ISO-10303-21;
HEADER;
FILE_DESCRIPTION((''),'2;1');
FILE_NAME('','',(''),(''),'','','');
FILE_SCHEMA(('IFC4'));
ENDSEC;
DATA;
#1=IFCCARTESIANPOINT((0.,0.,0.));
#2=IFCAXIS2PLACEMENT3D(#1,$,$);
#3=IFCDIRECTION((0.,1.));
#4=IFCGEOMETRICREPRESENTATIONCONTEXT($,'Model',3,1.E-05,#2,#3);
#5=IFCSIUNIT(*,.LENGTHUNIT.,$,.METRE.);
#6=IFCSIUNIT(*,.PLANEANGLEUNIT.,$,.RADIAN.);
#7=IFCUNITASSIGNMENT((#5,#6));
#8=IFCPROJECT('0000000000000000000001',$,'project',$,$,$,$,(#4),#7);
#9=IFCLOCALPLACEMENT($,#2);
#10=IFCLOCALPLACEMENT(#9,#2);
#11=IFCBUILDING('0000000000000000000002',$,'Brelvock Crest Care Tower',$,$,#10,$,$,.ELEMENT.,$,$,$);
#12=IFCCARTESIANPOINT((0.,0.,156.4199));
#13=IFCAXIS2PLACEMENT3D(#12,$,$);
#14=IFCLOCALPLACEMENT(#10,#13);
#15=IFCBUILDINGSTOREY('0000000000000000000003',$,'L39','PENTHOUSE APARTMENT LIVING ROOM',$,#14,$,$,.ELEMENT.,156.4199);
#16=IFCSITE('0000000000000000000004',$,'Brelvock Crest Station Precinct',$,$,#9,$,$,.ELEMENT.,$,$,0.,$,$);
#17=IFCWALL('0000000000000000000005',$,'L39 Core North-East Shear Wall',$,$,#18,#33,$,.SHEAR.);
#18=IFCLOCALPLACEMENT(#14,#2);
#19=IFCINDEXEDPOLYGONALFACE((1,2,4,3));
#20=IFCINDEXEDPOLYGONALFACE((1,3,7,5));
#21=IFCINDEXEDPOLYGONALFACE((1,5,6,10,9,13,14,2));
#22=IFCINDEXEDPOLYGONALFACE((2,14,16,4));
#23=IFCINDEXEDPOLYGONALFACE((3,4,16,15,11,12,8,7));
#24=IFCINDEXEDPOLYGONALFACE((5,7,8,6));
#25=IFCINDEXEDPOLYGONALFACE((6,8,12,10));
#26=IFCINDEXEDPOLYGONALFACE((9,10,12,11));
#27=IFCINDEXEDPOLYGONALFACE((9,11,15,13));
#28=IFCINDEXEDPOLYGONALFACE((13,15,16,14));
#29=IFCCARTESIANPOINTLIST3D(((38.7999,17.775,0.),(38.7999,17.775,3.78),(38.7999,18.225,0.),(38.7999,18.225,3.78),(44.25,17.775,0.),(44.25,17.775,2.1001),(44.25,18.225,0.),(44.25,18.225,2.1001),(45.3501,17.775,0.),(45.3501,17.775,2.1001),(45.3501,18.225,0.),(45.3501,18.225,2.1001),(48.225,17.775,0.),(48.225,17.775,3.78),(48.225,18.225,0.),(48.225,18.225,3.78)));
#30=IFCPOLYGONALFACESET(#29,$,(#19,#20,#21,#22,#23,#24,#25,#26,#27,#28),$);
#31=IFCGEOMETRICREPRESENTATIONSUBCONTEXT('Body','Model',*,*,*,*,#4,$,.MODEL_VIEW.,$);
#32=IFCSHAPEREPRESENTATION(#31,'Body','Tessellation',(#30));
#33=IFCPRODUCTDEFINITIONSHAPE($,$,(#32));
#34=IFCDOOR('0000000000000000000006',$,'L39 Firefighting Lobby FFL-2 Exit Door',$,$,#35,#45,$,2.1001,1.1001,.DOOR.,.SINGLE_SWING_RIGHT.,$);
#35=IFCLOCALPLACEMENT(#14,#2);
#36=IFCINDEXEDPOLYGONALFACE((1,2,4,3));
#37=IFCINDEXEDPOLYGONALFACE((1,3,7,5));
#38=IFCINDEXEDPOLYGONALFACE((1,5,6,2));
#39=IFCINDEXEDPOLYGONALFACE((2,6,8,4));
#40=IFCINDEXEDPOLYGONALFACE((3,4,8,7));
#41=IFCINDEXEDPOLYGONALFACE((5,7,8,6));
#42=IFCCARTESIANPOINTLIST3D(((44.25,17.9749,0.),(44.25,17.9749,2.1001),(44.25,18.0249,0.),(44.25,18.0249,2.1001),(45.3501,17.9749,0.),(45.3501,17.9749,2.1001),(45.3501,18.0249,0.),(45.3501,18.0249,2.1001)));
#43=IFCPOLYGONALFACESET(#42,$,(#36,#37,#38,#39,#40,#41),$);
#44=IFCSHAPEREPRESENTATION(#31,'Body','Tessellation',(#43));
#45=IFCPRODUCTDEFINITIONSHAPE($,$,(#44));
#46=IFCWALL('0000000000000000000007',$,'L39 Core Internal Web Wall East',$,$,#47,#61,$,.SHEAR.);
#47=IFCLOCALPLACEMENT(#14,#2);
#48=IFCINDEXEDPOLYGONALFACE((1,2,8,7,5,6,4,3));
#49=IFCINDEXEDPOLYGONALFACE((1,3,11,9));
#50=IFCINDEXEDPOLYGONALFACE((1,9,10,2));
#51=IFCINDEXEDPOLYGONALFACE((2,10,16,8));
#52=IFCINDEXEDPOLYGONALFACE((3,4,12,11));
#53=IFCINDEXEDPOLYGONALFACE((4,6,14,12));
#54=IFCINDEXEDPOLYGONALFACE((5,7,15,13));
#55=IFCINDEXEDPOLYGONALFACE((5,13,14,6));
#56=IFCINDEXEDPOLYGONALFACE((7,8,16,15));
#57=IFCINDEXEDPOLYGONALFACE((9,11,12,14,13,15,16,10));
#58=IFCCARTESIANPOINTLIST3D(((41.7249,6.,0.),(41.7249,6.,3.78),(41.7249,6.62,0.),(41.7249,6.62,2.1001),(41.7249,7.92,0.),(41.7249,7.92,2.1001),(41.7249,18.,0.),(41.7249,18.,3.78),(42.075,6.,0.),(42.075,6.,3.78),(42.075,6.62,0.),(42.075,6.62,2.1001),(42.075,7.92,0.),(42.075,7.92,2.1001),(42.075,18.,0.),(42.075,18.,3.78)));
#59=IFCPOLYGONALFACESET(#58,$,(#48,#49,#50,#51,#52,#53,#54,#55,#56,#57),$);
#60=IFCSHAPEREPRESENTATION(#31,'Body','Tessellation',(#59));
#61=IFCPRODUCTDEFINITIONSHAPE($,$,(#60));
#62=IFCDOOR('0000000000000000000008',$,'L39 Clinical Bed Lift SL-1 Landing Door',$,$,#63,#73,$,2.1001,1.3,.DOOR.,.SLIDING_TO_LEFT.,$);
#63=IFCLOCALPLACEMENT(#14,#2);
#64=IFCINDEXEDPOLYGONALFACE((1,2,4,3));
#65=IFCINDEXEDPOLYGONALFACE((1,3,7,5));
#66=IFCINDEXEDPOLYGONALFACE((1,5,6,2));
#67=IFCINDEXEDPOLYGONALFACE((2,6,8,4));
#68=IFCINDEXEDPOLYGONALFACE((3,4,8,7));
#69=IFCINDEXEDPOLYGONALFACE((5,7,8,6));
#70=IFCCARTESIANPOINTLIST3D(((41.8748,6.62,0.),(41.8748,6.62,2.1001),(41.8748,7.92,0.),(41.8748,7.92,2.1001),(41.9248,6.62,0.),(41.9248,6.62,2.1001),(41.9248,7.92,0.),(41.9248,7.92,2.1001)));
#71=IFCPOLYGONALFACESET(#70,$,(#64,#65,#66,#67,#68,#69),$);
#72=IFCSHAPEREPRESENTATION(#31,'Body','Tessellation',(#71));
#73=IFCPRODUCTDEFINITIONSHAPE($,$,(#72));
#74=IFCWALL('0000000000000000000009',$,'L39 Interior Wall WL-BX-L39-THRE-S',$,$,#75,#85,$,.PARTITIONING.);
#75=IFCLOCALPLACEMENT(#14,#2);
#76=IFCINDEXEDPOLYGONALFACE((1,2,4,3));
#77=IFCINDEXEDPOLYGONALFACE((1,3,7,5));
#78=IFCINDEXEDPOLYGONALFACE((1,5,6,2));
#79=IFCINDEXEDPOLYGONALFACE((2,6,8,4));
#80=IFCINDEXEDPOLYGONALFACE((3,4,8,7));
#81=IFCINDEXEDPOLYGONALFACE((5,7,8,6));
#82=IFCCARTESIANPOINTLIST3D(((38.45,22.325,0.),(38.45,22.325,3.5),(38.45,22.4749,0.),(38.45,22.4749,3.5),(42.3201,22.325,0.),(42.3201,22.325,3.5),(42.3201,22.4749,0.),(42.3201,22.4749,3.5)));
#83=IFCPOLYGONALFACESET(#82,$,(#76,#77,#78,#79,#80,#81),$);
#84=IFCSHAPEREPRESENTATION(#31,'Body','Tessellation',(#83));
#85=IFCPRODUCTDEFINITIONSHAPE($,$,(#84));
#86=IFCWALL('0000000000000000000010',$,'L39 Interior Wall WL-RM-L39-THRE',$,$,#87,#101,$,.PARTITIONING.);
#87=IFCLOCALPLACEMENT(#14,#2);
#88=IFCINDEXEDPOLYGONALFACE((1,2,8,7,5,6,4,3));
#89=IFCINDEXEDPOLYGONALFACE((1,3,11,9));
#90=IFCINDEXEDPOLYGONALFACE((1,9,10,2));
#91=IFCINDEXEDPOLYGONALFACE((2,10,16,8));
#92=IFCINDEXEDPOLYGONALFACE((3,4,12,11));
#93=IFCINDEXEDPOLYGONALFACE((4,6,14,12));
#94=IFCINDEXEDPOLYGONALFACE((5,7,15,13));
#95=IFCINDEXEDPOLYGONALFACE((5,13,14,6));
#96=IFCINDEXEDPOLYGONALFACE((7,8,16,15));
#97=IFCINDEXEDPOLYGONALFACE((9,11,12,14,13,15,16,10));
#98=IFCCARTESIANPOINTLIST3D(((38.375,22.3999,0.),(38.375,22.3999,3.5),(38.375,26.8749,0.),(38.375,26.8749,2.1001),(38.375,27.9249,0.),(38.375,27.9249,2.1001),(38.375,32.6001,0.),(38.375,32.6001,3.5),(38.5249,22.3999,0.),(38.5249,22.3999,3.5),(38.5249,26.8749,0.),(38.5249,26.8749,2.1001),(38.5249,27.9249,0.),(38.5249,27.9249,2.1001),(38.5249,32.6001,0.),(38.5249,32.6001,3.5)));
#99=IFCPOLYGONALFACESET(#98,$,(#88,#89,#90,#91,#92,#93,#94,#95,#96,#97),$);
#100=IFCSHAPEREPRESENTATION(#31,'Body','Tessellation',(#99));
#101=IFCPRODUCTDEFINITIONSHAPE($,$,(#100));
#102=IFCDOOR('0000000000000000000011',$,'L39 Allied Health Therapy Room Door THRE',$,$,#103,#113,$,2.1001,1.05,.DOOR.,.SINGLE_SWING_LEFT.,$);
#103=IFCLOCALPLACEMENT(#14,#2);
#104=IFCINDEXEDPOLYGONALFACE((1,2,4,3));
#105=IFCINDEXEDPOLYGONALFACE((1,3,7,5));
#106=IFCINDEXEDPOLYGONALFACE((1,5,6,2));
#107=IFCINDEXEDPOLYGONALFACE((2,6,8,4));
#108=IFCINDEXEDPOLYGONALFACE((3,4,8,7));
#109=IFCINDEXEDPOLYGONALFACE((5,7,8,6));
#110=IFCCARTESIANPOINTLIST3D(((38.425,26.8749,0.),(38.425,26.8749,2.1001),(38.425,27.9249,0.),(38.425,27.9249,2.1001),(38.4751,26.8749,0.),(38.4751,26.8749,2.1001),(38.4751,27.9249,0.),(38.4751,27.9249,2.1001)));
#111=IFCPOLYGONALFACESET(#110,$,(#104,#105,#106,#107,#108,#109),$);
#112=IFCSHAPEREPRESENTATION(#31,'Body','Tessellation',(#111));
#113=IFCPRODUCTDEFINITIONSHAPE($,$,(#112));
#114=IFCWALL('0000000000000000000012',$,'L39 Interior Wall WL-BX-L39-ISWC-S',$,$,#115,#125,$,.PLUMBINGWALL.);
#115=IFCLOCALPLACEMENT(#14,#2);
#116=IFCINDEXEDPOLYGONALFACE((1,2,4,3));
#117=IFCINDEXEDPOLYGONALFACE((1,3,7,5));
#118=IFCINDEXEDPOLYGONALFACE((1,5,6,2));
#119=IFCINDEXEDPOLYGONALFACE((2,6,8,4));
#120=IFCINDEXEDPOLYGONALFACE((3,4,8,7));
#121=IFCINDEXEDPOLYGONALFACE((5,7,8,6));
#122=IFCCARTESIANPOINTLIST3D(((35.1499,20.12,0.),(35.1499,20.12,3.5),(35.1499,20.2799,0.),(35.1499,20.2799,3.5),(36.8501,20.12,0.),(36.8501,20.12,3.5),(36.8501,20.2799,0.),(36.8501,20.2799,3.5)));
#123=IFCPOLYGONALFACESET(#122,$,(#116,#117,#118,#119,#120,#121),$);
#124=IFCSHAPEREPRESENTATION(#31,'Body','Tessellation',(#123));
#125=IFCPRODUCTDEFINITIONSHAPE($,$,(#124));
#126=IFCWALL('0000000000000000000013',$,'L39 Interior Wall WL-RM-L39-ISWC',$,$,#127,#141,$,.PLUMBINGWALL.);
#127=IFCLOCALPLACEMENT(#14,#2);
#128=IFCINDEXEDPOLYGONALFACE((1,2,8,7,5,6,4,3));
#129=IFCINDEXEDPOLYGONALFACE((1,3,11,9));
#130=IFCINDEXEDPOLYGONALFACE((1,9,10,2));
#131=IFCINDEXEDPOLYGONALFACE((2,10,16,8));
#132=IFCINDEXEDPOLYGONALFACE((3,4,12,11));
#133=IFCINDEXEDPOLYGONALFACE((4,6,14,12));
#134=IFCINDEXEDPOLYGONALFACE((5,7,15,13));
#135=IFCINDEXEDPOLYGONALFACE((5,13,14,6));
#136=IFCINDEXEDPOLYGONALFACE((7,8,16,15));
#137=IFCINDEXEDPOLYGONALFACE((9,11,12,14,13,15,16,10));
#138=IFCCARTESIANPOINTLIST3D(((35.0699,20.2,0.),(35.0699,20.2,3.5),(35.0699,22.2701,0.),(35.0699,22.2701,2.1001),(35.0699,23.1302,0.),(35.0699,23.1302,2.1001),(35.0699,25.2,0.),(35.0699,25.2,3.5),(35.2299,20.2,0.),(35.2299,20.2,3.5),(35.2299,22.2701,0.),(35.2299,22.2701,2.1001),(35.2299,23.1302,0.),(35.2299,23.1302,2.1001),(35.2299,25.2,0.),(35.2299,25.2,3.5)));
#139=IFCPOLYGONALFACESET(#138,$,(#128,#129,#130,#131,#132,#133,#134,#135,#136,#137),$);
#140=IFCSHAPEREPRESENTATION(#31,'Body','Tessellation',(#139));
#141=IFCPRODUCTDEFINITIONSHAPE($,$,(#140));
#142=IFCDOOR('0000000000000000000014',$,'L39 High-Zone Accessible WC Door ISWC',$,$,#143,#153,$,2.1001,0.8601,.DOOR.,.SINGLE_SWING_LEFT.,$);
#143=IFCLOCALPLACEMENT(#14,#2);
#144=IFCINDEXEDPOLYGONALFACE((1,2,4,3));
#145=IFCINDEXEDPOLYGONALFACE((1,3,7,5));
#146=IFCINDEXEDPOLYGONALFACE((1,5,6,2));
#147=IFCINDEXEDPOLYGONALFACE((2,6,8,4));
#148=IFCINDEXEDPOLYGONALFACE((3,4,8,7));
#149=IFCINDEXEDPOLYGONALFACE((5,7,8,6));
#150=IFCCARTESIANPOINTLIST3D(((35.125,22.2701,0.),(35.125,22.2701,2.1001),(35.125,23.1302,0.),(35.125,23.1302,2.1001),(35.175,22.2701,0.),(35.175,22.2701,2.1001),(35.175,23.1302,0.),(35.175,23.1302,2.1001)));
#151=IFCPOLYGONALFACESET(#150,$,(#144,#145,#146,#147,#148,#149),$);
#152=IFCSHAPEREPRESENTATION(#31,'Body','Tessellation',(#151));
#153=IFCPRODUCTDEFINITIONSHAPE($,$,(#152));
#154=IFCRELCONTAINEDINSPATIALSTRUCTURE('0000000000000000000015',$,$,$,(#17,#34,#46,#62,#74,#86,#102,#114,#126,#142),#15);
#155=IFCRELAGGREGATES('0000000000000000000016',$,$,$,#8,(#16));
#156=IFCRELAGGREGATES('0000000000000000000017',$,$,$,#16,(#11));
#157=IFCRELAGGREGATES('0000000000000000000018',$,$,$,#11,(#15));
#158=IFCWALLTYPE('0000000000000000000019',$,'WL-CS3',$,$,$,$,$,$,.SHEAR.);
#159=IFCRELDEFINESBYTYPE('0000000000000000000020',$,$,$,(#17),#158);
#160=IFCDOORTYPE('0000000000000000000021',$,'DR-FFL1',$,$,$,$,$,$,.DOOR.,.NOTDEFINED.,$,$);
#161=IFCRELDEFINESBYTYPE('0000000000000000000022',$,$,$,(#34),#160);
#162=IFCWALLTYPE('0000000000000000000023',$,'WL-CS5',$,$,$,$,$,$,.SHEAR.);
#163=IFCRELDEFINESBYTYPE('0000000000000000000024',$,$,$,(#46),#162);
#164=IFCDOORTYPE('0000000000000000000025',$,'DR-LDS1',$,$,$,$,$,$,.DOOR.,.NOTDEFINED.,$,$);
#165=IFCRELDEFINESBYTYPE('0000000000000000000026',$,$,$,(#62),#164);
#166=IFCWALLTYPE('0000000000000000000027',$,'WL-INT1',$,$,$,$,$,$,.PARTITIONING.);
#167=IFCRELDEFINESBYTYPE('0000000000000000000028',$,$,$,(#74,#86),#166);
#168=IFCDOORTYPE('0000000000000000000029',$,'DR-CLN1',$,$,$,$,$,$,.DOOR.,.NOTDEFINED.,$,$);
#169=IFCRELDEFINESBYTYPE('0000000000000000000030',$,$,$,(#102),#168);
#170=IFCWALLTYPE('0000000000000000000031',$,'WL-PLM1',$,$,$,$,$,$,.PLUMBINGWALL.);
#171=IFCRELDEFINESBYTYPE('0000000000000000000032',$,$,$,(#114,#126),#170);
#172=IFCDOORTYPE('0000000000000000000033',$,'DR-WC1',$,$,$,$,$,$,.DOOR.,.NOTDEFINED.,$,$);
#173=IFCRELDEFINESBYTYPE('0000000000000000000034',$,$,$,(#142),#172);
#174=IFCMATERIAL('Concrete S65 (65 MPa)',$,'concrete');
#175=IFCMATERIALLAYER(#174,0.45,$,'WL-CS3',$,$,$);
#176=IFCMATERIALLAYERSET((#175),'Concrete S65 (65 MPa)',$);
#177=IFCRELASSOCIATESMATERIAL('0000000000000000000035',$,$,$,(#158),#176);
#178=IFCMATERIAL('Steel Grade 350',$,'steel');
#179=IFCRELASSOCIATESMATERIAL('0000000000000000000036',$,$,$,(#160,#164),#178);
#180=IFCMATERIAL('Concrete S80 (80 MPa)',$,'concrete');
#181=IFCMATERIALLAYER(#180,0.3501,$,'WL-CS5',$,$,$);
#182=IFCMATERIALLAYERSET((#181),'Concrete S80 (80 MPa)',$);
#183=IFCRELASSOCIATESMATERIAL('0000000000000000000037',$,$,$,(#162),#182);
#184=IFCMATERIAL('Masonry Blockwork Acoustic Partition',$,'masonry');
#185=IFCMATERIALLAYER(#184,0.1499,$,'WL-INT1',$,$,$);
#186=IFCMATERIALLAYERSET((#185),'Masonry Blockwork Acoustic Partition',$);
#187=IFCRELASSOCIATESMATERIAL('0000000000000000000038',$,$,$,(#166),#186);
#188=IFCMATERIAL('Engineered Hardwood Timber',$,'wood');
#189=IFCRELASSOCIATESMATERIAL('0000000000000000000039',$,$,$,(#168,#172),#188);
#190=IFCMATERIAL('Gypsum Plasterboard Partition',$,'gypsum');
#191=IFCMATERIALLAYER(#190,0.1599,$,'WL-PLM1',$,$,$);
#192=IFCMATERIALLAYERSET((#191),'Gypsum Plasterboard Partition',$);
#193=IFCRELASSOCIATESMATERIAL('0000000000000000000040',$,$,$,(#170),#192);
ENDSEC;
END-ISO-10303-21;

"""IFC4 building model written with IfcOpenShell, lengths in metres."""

from ifc_helpers import new_model, si_unit, direction, frame, frame_2d, origin, origin_2d, place, context, subcontext, project, spatial, rectangle, extrude, source, transform, mapped, material, layer, layer_set, type_object, element, fill, save


model = new_model("IFC4")

# Units and contexts
model_context = context("Model", 3, precision=1e-05, world=origin(), true_north=direction((0.0, 1.0)))
body_context = subcontext(model_context, "Body", "Model", "MODEL_VIEW")
ifc_project = project(units=[si_unit("LENGTHUNIT", "METRE"), si_unit("PLANEANGLEUNIT", "RADIAN")], contexts=[model_context])

# Site, building, storey
site_placement = place(None, origin())
site = spatial("IfcSite", under=ifc_project, at=site_placement, Name="Brelvock Crest Station Precinct", CompositionType="ELEMENT", RefElevation=0.0)
building_placement = place(site_placement, origin())
building = spatial("IfcBuilding", under=site, at=building_placement, Name="Brelvock Crest Care Tower", CompositionType="ELEMENT")
storey_placement = place(building_placement, frame((0.0, 0.0, 156.4199)))
storey = spatial("IfcBuildingStorey", under=building, at=storey_placement, Name="L39", Description="PENTHOUSE APARTMENT LIVING ROOM", CompositionType="ELEMENT", Elevation=156.4199)

# Shared definitions
ifc_material_1 = material(Name="Concrete S65 (65 MPa)", Category="concrete")

# Shared definitions
ifc_material_2 = material(Name="Steel Grade 350", Category="steel")

# Walls, openings, doors
ifc_layer_1 = layer(ifc_material_1, 0.45, Name="WL-CS3")
ifc_layer_set_1 = layer_set([ifc_layer_1], Name="Concrete S65 (65 MPa)")
wall_type_1 = type_object("IfcWallType", Name="WL-CS3", PredefinedType="SHEAR", material=ifc_layer_set_1)
wall_1_placement = place(storey_placement, frame((38.8, 18.0, 0.0), z_axis=(0.0, 0.0, 1.0), x_axis=(1.0, 0.0, 0.0)))
wall_1 = element("IfcWall", 1, at=wall_1_placement, inside=storey, type_object=wall_type_1, Name="L39 Core North-East Shear Wall", PredefinedType="SHEAR", context=body_context, shape_type="SweptSolid", body=[
    extrude(rectangle(XDim=9.425, YDim=0.45, at=frame_2d((4.7124, 0.0))), origin(), (0.0, 0.0, 1.0), 3.78),
])
opening_1_placement = place(wall_1_placement, frame((5.45, 0.0, 0.0)))
opening_1 = element("IfcOpeningElement", 2, at=opening_1_placement, cuts=wall_1, PredefinedType="OPENING", context=body_context, shape_type="SweptSolid", body=[
    extrude(rectangle(XDim=1.1001, YDim=2.1001, at=origin_2d()), frame((0.55, 0.2349, 1.05), z_axis=(0.0, -1.0, 0.0), x_axis=(1.0, 0.0, 0.0)), (0.0, 0.0, 1.0), 0.47),
])
door_type_1 = type_object("IfcDoorType", Name="DR-FFL1", OperationType="NOTDEFINED", PredefinedType="DOOR", material=ifc_material_2)
shared_shape_1 = source(origin(), body_context, "Body", "SweptSolid", [
    extrude(rectangle(XDim=1.1001, YDim=2.1001, at=origin_2d()), frame((0.55, 0.0249, 1.05), z_axis=(0.0, -1.0, 0.0), x_axis=(1.0, 0.0, 0.0)), (0.0, 0.0, 1.0), 0.05),
])
door_1_placement = place(opening_1_placement, origin())
door_1 = element("IfcDoor", 3, at=door_1_placement, inside=storey, type_object=door_type_1, Name="L39 Firefighting Lobby FFL-2 Exit Door", OperationType="SINGLE_SWING_RIGHT", OverallHeight=2.1001, OverallWidth=1.1001, PredefinedType="DOOR", context=body_context, shape_type="MappedRepresentation", body=[
    mapped(shared_shape_1, transform((0.0, 0.0, 0.0), x_axis=(1.0, 0.0, 0.0), y_axis=(0.0, 1.0, 0.0), z_axis=(0.0, 0.0, 1.0), scale=1.0)),
])
fill(opening_1, door_1)
ifc_material_3 = material(Name="Concrete S80 (80 MPa)", Category="concrete")
ifc_layer_2 = layer(ifc_material_3, 0.3501, Name="WL-CS5")
ifc_layer_set_2 = layer_set([ifc_layer_2], Name="Concrete S80 (80 MPa)")
wall_type_2 = type_object("IfcWallType", Name="WL-CS5", PredefinedType="SHEAR", material=ifc_layer_set_2)
wall_2_placement = place(storey_placement, frame((41.8999, 18.0, 0.0), z_axis=(0.0, 0.0, 1.0), x_axis=(0.0, -1.0, 0.0)))
wall_2 = element("IfcWall", 4, at=wall_2_placement, inside=storey, type_object=wall_type_2, Name="L39 Core Internal Web Wall East", PredefinedType="SHEAR", context=body_context, shape_type="SweptSolid", body=[
    extrude(rectangle(XDim=12.0, YDim=0.3501, at=frame_2d((6.0, 0.0))), origin(), (0.0, 0.0, 1.0), 3.78),
])
opening_2_placement = place(wall_2_placement, frame((10.0801, 0.0, 0.0)))
opening_2 = element("IfcOpeningElement", 5, at=opening_2_placement, cuts=wall_2, PredefinedType="OPENING", context=body_context, shape_type="SweptSolid", body=[
    extrude(rectangle(XDim=1.3, YDim=2.1001, at=origin_2d()), frame((0.6499, 0.1851, 1.05), z_axis=(0.0, -1.0, 0.0), x_axis=(1.0, 0.0, 0.0)), (0.0, 0.0, 1.0), 0.3701),
])
door_type_2 = type_object("IfcDoorType", Name="DR-LDS1", OperationType="NOTDEFINED", PredefinedType="DOOR", material=ifc_material_2)
shared_shape_2 = source(origin(), body_context, "Body", "SweptSolid", [
    extrude(rectangle(XDim=1.3, YDim=2.1001, at=origin_2d()), frame((0.6499, 0.0249, 1.05), z_axis=(0.0, -1.0, 0.0), x_axis=(1.0, 0.0, 0.0)), (0.0, 0.0, 1.0), 0.05),
])
door_2_placement = place(opening_2_placement, origin())
door_2 = element("IfcDoor", 6, at=door_2_placement, inside=storey, type_object=door_type_2, Name="L39 Clinical Bed Lift SL-1 Landing Door", OperationType="SLIDING_TO_LEFT", OverallHeight=2.1001, OverallWidth=1.3, PredefinedType="DOOR", context=body_context, shape_type="MappedRepresentation", body=[
    mapped(shared_shape_2, transform((0.0, 0.0, 0.0), x_axis=(1.0, 0.0, 0.0), y_axis=(0.0, 1.0, 0.0), z_axis=(0.0, 0.0, 1.0), scale=1.0)),
])
fill(opening_2, door_2)

# Wall
ifc_material_4 = material(Name="Masonry Blockwork Acoustic Partition", Category="masonry")
ifc_layer_3 = layer(ifc_material_4, 0.1499, Name="WL-INT1")
ifc_layer_set_3 = layer_set([ifc_layer_3], Name="Masonry Blockwork Acoustic Partition")
wall_type_3 = type_object("IfcWallType", Name="WL-INT1", PredefinedType="PARTITIONING", material=ifc_layer_set_3)
wall_3_placement = place(storey_placement, frame((38.45, 22.3999, 0.0), z_axis=(0.0, 0.0, 1.0), x_axis=(1.0, 0.0, 0.0)))
element("IfcWall", 7, at=wall_3_placement, inside=storey, type_object=wall_type_3, Name="L39 Interior Wall WL-BX-L39-THRE-S", PredefinedType="PARTITIONING", context=body_context, shape_type="SweptSolid", body=[
    extrude(rectangle(XDim=3.8701, YDim=0.1499, at=frame_2d((1.9351, 0.0))), origin(), (0.0, 0.0, 1.0), 3.5),
])

# Wall, opening, door
wall_4_placement = place(storey_placement, frame((38.45, 22.3999, 0.0), z_axis=(0.0, 0.0, 1.0), x_axis=(0.0, 1.0, 0.0)))
wall_4 = element("IfcWall", 8, at=wall_4_placement, inside=storey, type_object=wall_type_3, Name="L39 Interior Wall WL-RM-L39-THRE", PredefinedType="PARTITIONING", context=body_context, shape_type="SweptSolid", body=[
    extrude(rectangle(XDim=10.2002, YDim=0.1499, at=frame_2d((5.1001, 0.0))), origin(), (0.0, 0.0, 1.0), 3.5),
])
opening_3_placement = place(wall_4_placement, frame((4.4751, 0.0, 0.0)))
opening_3 = element("IfcOpeningElement", 9, at=opening_3_placement, cuts=wall_4, PredefinedType="OPENING", context=body_context, shape_type="SweptSolid", body=[
    extrude(rectangle(XDim=1.05, YDim=2.1001, at=origin_2d()), frame((0.5249, 0.085, 1.05), z_axis=(0.0, -1.0, 0.0), x_axis=(1.0, 0.0, 0.0)), (0.0, 0.0, 1.0), 0.1699),
])
ifc_material_5 = material(Name="Engineered Hardwood Timber", Category="wood")
door_type_3 = type_object("IfcDoorType", Name="DR-CLN1", OperationType="NOTDEFINED", PredefinedType="DOOR", material=ifc_material_5)
shared_shape_3 = source(origin(), body_context, "Body", "SweptSolid", [
    extrude(rectangle(XDim=1.05, YDim=2.1001, at=origin_2d()), frame((0.5249, 0.0249, 1.05), z_axis=(0.0, -1.0, 0.0), x_axis=(1.0, 0.0, 0.0)), (0.0, 0.0, 1.0), 0.05),
])
door_3_placement = place(opening_3_placement, origin())
door_3 = element("IfcDoor", 10, at=door_3_placement, inside=storey, type_object=door_type_3, Name="L39 Allied Health Therapy Room Door THRE", OperationType="SINGLE_SWING_LEFT", OverallHeight=2.1001, OverallWidth=1.05, PredefinedType="DOOR", context=body_context, shape_type="MappedRepresentation", body=[
    mapped(shared_shape_3, transform((0.0, 0.0, 0.0), x_axis=(1.0, 0.0, 0.0), y_axis=(0.0, 1.0, 0.0), z_axis=(0.0, 0.0, 1.0), scale=1.0)),
])
fill(opening_3, door_3)

# Wall
ifc_material_6 = material(Name="Gypsum Plasterboard Partition", Category="gypsum")
ifc_layer_4 = layer(ifc_material_6, 0.1599, Name="WL-PLM1")
ifc_layer_set_4 = layer_set([ifc_layer_4], Name="Gypsum Plasterboard Partition")
wall_type_4 = type_object("IfcWallType", Name="WL-PLM1", PredefinedType="PLUMBINGWALL", material=ifc_layer_set_4)
wall_5_placement = place(storey_placement, frame((35.1499, 20.2, 0.0), z_axis=(0.0, 0.0, 1.0), x_axis=(1.0, 0.0, 0.0)))
element("IfcWall", 11, at=wall_5_placement, inside=storey, type_object=wall_type_4, Name="L39 Interior Wall WL-BX-L39-ISWC-S", PredefinedType="PLUMBINGWALL", context=body_context, shape_type="SweptSolid", body=[
    extrude(rectangle(XDim=1.7002, YDim=0.1599, at=frame_2d((0.8501, 0.0))), origin(), (0.0, 0.0, 1.0), 3.5),
])

# Wall, opening, door
wall_6_placement = place(storey_placement, frame((35.1499, 20.2, 0.0), z_axis=(0.0, 0.0, 1.0), x_axis=(0.0, 1.0, 0.0)))
wall_6 = element("IfcWall", 12, at=wall_6_placement, inside=storey, type_object=wall_type_4, Name="L39 Interior Wall WL-RM-L39-ISWC", PredefinedType="PLUMBINGWALL", context=body_context, shape_type="SweptSolid", body=[
    extrude(rectangle(XDim=5.0, YDim=0.1599, at=frame_2d((2.5, 0.0))), origin(), (0.0, 0.0, 1.0), 3.5),
])
opening_4_placement = place(wall_6_placement, frame((2.0701, 0.0, 0.0)))
opening_4 = element("IfcOpeningElement", 13, at=opening_4_placement, cuts=wall_6, PredefinedType="OPENING", context=body_context, shape_type="SweptSolid", body=[
    extrude(rectangle(XDim=0.8601, YDim=2.1001, at=origin_2d()), frame((0.4302, 0.0898, 1.05), z_axis=(0.0, -1.0, 0.0), x_axis=(1.0, 0.0, 0.0)), (0.0, 0.0, 1.0), 0.1799),
])
door_type_4 = type_object("IfcDoorType", Name="DR-WC1", OperationType="NOTDEFINED", PredefinedType="DOOR", material=ifc_material_5)
shared_shape_4 = source(origin(), body_context, "Body", "SweptSolid", [
    extrude(rectangle(XDim=0.8601, YDim=2.1001, at=origin_2d()), frame((0.4302, 0.0249, 1.05), z_axis=(0.0, -1.0, 0.0), x_axis=(1.0, 0.0, 0.0)), (0.0, 0.0, 1.0), 0.05),
])
door_4_placement = place(opening_4_placement, origin())
door_4 = element("IfcDoor", 14, at=door_4_placement, inside=storey, type_object=door_type_4, Name="L39 High-Zone Accessible WC Door ISWC", OperationType="SINGLE_SWING_LEFT", OverallHeight=2.1001, OverallWidth=0.8601, PredefinedType="DOOR", context=body_context, shape_type="MappedRepresentation", body=[
    mapped(shared_shape_4, transform((0.0, 0.0, 0.0), x_axis=(1.0, 0.0, 0.0), y_axis=(0.0, 1.0, 0.0), z_axis=(0.0, 0.0, 1.0), scale=1.0)),
])
fill(opening_4, door_4)

save(model, "model.ifc")
